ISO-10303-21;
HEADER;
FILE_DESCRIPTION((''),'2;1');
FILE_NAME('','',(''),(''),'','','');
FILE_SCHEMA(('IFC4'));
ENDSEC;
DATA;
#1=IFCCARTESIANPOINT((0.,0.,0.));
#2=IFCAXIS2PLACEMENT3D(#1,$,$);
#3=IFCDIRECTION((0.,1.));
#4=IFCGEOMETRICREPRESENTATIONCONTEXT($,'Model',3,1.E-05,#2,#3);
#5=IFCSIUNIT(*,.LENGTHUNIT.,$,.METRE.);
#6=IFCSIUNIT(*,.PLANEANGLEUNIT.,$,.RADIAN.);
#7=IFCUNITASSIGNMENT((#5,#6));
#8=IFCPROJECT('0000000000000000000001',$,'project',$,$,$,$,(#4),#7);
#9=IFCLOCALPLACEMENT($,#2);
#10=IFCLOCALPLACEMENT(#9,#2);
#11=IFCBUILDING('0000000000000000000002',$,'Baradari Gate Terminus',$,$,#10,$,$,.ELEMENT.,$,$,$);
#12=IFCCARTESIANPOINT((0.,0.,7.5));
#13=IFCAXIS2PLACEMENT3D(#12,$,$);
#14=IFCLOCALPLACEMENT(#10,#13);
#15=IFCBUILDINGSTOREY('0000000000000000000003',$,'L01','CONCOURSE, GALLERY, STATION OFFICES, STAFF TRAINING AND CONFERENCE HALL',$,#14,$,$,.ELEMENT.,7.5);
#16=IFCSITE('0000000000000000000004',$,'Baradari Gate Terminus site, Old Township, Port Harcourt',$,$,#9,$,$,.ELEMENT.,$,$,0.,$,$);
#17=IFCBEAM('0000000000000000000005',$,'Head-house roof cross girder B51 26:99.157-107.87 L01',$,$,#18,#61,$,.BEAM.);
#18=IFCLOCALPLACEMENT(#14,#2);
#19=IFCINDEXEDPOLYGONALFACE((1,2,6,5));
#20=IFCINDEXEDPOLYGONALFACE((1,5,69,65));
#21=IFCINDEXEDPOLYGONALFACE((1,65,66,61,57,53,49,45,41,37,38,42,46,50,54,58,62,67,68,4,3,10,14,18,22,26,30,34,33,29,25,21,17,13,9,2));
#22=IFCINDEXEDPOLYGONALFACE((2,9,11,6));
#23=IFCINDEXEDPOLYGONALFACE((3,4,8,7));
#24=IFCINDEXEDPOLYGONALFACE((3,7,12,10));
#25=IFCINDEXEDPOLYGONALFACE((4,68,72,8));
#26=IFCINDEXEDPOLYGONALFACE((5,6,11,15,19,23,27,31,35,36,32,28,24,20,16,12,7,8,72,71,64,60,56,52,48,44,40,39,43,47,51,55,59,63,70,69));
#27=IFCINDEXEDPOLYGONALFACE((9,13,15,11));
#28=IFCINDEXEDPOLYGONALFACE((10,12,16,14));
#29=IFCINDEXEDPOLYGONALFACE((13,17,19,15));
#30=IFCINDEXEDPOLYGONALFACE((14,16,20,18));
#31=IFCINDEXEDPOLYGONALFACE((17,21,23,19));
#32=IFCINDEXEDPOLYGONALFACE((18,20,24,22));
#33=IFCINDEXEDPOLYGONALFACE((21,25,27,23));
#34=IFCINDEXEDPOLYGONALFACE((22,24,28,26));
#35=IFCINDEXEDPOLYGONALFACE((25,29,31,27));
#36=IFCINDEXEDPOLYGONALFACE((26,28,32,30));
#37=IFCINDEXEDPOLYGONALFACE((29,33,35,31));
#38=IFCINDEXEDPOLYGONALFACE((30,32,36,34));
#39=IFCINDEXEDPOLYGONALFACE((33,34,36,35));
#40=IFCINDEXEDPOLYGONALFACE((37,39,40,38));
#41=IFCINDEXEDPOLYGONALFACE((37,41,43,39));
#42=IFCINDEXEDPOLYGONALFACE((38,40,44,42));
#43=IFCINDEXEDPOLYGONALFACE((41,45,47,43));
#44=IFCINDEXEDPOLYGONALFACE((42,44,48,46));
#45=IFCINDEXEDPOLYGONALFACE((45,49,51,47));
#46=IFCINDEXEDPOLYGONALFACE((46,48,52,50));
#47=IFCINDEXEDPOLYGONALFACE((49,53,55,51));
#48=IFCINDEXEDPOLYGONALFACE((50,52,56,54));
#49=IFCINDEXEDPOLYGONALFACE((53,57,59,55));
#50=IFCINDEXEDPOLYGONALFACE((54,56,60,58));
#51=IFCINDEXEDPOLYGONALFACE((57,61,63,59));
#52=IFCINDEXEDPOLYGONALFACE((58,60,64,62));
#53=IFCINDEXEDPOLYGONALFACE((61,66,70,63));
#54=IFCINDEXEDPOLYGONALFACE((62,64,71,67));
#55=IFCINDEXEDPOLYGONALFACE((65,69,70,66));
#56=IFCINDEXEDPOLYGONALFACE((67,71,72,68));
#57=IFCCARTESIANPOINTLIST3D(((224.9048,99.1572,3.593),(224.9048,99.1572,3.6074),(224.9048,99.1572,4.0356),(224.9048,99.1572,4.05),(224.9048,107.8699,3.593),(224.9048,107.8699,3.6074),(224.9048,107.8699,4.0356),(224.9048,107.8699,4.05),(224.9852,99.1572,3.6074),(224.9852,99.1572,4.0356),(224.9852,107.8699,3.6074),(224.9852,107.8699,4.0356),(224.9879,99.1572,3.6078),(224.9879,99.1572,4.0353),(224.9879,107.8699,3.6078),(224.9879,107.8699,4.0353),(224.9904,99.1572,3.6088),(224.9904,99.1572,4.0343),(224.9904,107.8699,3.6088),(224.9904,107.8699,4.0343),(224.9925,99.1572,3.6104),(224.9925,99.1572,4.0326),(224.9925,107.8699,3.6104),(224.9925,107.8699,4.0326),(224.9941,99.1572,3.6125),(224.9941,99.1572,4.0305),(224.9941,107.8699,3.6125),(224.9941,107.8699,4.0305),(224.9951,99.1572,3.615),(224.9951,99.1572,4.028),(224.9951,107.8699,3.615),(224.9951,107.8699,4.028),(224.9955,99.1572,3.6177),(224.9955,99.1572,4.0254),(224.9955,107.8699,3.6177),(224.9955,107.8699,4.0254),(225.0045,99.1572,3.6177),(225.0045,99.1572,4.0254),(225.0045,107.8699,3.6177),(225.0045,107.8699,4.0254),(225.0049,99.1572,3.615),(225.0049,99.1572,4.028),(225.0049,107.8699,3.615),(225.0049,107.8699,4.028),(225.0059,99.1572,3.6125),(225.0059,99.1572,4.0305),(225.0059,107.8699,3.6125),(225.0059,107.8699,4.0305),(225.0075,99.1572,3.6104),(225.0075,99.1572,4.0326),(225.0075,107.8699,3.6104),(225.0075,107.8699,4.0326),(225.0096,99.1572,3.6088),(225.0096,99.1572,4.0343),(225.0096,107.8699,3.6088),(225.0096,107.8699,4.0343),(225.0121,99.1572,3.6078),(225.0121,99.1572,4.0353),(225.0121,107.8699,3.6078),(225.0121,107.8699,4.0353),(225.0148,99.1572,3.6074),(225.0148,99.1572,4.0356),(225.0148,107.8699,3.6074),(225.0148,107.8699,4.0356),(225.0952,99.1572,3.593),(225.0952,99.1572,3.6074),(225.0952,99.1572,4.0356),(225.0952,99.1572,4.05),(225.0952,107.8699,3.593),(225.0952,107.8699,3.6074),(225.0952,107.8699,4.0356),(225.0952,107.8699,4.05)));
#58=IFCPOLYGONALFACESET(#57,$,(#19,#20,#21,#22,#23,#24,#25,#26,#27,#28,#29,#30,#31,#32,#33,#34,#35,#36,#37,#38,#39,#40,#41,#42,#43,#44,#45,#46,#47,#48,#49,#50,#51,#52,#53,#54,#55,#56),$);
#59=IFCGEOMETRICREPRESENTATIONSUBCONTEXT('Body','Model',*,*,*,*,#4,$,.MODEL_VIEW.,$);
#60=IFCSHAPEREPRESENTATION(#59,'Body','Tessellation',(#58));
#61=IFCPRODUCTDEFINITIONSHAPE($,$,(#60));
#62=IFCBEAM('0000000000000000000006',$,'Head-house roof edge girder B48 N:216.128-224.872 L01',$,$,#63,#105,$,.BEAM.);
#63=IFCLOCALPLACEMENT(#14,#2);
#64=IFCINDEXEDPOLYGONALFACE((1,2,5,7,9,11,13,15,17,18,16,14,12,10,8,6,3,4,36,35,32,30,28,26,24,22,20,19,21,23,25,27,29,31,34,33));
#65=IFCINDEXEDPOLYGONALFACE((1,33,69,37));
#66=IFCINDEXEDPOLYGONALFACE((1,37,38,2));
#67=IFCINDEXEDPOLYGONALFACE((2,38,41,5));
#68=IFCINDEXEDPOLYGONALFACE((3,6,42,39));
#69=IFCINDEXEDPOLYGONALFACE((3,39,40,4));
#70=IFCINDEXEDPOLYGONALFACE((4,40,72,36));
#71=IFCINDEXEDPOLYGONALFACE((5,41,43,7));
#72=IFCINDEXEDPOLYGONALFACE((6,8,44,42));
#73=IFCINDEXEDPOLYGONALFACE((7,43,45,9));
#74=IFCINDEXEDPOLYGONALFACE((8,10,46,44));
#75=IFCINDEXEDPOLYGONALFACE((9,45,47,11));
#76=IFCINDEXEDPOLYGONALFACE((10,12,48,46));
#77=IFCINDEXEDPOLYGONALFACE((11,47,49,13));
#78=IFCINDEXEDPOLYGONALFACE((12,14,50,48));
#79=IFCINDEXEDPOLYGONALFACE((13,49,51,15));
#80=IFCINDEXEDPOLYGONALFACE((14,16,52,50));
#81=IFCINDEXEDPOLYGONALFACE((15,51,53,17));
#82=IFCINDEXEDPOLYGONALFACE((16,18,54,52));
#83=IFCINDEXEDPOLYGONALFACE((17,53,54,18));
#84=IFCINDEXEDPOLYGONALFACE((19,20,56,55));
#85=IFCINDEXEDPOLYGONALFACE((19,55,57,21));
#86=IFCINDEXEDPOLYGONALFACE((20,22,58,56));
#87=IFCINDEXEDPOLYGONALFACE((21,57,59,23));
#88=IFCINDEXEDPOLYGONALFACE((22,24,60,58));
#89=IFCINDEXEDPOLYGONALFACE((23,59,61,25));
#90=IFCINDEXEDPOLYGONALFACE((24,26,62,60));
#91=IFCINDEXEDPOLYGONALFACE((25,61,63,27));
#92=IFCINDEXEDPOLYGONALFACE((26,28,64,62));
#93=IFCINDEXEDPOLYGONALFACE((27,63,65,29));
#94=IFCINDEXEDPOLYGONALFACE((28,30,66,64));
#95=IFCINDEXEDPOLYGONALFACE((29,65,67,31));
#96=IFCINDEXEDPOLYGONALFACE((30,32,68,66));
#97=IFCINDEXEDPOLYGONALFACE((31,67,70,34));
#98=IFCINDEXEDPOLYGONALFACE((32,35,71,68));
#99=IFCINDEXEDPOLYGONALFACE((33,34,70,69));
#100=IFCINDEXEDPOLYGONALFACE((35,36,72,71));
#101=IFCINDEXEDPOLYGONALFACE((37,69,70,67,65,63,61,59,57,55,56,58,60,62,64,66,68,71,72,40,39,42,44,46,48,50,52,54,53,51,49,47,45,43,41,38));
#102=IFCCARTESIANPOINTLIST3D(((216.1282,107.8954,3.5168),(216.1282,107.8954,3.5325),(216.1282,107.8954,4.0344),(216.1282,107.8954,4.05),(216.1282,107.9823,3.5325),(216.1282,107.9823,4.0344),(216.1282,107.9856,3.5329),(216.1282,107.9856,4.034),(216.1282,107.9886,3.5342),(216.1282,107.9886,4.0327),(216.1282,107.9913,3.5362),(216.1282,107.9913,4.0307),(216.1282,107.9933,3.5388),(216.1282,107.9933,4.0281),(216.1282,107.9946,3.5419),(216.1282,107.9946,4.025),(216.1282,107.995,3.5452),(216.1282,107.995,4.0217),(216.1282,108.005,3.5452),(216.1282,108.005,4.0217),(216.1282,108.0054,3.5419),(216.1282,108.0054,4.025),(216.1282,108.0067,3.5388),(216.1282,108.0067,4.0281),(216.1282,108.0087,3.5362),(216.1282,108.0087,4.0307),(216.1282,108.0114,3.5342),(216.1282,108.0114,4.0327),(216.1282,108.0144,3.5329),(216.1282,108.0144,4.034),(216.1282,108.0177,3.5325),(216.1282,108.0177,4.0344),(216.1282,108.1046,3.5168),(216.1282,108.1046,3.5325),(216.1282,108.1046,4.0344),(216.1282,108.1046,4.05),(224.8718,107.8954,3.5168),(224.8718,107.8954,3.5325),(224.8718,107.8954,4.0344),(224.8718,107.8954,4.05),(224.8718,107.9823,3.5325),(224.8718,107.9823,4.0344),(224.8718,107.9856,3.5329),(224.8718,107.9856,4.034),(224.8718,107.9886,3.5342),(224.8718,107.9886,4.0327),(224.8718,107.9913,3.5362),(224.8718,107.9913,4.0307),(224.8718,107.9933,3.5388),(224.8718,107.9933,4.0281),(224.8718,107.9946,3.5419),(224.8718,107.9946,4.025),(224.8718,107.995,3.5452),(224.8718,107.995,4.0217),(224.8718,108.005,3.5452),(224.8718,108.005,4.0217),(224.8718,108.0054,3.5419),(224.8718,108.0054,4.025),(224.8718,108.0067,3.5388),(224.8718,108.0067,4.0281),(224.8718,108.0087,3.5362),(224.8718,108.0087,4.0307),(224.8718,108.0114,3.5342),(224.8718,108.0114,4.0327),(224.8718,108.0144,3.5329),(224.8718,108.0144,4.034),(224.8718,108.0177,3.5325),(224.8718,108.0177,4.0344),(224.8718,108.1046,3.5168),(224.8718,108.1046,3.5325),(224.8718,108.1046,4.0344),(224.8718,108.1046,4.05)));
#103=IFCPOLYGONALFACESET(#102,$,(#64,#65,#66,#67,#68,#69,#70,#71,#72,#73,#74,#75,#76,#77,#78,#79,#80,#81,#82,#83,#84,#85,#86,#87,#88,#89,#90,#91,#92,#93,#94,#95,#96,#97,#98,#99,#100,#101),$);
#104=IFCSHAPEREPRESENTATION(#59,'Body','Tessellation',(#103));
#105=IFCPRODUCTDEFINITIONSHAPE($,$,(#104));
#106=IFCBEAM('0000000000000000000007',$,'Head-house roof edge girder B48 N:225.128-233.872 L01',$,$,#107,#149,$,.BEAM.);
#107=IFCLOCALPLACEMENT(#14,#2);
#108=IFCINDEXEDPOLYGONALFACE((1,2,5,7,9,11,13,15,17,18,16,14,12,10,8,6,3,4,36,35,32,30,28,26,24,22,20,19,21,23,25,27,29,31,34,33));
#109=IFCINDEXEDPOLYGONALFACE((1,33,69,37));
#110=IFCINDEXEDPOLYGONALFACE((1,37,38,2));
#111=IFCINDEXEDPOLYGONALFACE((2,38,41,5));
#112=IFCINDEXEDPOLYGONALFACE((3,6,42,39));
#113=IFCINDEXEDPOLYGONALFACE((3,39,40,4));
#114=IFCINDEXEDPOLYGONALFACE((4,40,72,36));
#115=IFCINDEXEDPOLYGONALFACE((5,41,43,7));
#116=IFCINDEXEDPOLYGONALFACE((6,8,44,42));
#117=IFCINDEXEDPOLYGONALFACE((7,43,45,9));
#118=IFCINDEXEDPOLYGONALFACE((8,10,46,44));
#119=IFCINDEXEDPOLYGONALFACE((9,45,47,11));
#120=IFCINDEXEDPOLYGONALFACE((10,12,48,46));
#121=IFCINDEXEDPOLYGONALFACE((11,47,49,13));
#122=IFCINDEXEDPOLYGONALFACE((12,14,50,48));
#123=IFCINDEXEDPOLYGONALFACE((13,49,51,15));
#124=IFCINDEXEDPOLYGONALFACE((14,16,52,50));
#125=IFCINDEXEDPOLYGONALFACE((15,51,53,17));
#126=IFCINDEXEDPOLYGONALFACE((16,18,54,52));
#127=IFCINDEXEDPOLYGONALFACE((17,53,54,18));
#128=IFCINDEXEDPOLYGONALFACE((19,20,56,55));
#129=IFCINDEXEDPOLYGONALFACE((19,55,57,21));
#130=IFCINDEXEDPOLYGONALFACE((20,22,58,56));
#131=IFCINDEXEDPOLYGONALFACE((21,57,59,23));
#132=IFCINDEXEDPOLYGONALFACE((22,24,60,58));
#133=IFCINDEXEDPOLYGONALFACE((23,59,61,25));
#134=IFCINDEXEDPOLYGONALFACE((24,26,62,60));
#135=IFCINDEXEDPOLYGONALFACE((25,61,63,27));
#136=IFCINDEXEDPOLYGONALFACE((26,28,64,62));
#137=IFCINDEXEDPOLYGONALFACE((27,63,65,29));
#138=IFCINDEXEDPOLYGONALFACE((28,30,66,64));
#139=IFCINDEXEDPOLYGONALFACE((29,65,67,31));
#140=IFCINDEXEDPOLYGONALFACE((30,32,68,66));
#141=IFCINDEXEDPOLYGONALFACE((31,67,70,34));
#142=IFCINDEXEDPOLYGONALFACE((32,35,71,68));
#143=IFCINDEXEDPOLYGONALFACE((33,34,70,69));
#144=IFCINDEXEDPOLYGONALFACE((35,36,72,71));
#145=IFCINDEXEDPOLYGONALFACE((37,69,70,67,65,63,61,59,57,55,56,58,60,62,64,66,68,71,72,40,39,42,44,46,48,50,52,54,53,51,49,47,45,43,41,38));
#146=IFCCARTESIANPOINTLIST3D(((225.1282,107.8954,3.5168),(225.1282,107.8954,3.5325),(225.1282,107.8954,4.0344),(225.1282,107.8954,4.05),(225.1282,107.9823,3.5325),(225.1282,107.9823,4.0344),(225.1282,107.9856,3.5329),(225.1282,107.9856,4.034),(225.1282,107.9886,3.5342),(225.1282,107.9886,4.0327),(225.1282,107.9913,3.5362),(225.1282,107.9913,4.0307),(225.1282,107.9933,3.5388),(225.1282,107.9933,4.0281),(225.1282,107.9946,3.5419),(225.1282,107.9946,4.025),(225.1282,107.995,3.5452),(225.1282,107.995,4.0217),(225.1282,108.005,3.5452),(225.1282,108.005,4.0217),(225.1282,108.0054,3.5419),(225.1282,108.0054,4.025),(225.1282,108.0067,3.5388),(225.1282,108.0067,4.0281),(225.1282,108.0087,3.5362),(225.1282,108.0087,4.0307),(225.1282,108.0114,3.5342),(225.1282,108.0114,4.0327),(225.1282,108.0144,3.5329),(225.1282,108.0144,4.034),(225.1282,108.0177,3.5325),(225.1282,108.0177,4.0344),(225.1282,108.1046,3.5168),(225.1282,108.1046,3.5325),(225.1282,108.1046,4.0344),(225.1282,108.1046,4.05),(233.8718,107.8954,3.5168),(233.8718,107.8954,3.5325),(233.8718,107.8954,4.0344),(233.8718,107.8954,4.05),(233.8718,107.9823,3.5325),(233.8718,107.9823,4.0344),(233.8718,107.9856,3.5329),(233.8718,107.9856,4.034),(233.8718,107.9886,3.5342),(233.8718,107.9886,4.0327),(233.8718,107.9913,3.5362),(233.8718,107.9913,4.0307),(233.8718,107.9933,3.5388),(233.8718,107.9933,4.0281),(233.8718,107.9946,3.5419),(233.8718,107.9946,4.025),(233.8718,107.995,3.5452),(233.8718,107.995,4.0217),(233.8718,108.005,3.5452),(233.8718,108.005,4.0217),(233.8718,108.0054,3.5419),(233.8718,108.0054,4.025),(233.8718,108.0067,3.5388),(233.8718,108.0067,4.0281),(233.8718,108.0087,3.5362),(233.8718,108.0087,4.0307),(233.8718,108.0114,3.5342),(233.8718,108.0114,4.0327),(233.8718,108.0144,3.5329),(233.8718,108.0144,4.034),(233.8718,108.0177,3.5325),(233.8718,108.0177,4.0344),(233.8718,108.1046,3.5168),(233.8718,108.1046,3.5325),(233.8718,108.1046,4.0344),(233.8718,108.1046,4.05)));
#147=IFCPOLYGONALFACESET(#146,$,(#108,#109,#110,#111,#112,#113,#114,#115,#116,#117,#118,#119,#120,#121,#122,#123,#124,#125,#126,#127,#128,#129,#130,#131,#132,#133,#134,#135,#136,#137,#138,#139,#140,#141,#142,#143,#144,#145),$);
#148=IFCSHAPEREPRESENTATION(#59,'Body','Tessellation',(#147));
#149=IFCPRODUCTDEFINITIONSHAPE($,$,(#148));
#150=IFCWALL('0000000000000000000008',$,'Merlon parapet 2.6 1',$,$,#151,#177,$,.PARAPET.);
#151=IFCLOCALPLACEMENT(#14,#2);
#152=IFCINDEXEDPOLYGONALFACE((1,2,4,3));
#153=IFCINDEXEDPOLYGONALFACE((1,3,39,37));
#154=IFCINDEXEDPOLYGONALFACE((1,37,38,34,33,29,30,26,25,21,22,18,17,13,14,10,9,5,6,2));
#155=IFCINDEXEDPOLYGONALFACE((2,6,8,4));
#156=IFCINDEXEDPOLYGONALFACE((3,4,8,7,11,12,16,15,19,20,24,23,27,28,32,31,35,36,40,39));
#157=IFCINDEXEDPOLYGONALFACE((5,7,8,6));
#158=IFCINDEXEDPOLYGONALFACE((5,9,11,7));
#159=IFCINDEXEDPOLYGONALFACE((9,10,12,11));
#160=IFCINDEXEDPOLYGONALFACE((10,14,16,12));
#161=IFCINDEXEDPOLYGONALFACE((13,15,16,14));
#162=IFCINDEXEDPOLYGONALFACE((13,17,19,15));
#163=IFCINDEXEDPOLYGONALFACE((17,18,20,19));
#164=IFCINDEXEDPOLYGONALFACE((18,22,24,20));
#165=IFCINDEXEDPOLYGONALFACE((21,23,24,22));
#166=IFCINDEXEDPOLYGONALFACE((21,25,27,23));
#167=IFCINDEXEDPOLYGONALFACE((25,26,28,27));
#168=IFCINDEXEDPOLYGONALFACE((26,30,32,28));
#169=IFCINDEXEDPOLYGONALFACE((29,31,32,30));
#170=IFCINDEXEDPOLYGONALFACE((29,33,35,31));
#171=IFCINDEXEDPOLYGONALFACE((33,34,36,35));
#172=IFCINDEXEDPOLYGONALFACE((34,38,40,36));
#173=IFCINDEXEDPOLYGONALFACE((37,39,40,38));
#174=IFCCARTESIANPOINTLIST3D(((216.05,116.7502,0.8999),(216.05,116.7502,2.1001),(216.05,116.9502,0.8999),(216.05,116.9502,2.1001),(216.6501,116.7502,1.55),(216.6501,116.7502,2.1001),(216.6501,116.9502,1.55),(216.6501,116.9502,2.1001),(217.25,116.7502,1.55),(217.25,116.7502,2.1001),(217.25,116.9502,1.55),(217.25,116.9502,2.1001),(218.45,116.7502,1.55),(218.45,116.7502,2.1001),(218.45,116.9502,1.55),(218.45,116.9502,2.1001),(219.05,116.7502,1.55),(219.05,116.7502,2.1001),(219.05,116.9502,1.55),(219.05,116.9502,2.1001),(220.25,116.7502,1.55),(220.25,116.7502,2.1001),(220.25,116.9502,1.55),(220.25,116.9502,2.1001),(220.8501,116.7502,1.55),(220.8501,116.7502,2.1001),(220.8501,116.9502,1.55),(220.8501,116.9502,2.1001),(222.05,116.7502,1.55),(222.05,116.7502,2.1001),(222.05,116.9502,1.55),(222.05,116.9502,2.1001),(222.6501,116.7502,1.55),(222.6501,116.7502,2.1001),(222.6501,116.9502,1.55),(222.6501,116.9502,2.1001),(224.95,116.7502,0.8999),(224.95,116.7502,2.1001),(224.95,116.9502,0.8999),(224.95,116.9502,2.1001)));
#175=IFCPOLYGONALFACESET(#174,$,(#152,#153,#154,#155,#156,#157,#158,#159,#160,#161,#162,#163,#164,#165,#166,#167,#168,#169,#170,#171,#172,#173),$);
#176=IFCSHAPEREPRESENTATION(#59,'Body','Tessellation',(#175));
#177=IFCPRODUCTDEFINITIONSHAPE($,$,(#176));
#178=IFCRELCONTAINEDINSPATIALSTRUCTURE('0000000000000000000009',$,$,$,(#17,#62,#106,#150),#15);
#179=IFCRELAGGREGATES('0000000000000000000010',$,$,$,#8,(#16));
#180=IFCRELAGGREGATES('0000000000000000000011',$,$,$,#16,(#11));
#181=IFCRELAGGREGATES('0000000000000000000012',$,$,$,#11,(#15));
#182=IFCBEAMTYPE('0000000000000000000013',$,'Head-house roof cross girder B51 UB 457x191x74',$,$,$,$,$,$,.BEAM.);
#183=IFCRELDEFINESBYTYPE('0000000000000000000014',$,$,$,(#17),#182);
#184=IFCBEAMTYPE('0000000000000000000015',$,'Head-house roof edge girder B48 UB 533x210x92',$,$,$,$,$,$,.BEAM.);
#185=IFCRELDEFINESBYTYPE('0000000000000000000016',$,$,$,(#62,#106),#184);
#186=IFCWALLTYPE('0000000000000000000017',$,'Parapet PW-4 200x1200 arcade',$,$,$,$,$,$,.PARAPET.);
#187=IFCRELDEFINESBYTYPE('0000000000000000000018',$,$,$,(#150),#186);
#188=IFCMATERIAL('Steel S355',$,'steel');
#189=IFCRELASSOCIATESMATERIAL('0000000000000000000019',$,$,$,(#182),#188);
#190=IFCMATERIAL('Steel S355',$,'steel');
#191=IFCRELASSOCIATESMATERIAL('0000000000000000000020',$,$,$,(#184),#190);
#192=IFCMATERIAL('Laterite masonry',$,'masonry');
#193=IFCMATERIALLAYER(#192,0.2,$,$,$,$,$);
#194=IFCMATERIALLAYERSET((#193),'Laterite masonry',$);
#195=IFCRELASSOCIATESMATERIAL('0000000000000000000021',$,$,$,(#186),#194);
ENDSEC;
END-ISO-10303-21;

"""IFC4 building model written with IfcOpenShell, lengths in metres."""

from ifc_helpers import new_model, si_unit, direction, frame, origin, origin_2d, place, context, subcontext, project, spatial, polyline, i_section, outline, extrude, material, layer, layer_set, material_profile, profile_set, type_object, element, save


model = new_model("IFC4")

# Units and contexts
model_context = context("Model", 3, precision=1e-05, world=origin(), true_north=direction((0.0, 1.0)))
body_context = subcontext(model_context, "Body", "Model", "MODEL_VIEW")
ifc_project = project(units=[si_unit("LENGTHUNIT", "METRE"), si_unit("PLANEANGLEUNIT", "RADIAN")], contexts=[model_context])

# Site, building, storey
site_placement = place(None, origin())
site = spatial("IfcSite", under=ifc_project, at=site_placement, Name="Baradari Gate Terminus site, Old Township, Port Harcourt", CompositionType="ELEMENT", RefElevation=0.0)
building_placement = place(site_placement, origin())
building = spatial("IfcBuilding", under=site, at=building_placement, Name="Baradari Gate Terminus", CompositionType="ELEMENT")
storey_placement = place(building_placement, frame((0.0, 0.0, 7.5)))
storey = spatial("IfcBuildingStorey", under=building, at=storey_placement, Name="L01", Description="CONCOURSE, GALLERY, STATION OFFICES, STAFF TRAINING AND CONFERENCE HALL", CompositionType="ELEMENT", Elevation=7.5)

# Beams
ifc_material_1 = material(Name="Steel S355", Category="steel")
ifc_material_profile_1 = material_profile(ifc_material_1, i_section(OverallWidth=0.1904, OverallDepth=0.457, WebThickness=0.009, FlangeThickness=0.0144, FilletRadius=0.0103, at=origin_2d()), Name="UB 457x191x74")
ifc_profile_set_1 = profile_set([ifc_material_profile_1], Name="Steel S355")
beam_type_1 = type_object("IfcBeamType", Name="Head-house roof cross girder B51 UB 457x191x74", PredefinedType="BEAM", material=ifc_profile_set_1)
beam_1_placement = place(storey_placement, frame((225.0, 99.1572, 3.8215), z_axis=(0.0, 1.0, 0.0), x_axis=(-1.0, 0.0, 0.0)))
element("IfcBeam", 1, at=beam_1_placement, inside=storey, type_object=beam_type_1, Name="Head-house roof cross girder B51 26:99.157-107.87 L01", PredefinedType="BEAM", context=body_context, shape_type="SweptSolid", body=[
    extrude(i_section(OverallWidth=0.1904, OverallDepth=0.457, WebThickness=0.009, FlangeThickness=0.0144, FilletRadius=0.0103, at=origin_2d()), origin(), (0.0, 0.0, 1.0), 8.7126),
])
ifc_material_2 = material(Name="Steel S355", Category="steel")
ifc_material_profile_2 = material_profile(ifc_material_2, i_section(OverallWidth=0.2092, OverallDepth=0.5332, WebThickness=0.01, FlangeThickness=0.0156, FilletRadius=0.0127, at=origin_2d()), Name="UB 533x210x92")
ifc_profile_set_2 = profile_set([ifc_material_profile_2], Name="Steel S355")
beam_type_2 = type_object("IfcBeamType", Name="Head-house roof edge girder B48 UB 533x210x92", PredefinedType="BEAM", material=ifc_profile_set_2)
for number, where, z_axis, x_axis, name in (
    (2, (216.1282, 108.0, 3.7834), (1.0, 0.0, 0.0), (0.0, 1.0, 0.0), "Head-house roof edge girder B48 N:216.128-224.872 L01"),
    (3, (225.1282, 108.0, 3.7834), (1.0, 0.0, 0.0), (0.0, 1.0, 0.0), "Head-house roof edge girder B48 N:225.128-233.872 L01"),
):
    element("IfcBeam", number, at=place(storey_placement, frame(where, z_axis=z_axis, x_axis=x_axis)), inside=storey, type_object=beam_type_2, Name=name, PredefinedType="BEAM", context=body_context, shape_type="SweptSolid", body=[
        extrude(i_section(OverallWidth=0.2092, OverallDepth=0.5332, WebThickness=0.01, FlangeThickness=0.0156, FilletRadius=0.0127, at=origin_2d()), origin(), (0.0, 0.0, 1.0), 8.7437),
    ])

# Wall
ifc_material_3 = material(Name="Laterite masonry", Category="masonry")
ifc_layer_1 = layer(ifc_material_3, 0.2)
ifc_layer_set_1 = layer_set([ifc_layer_1], Name="Laterite masonry")
wall_type_1 = type_object("IfcWallType", Name="Parapet PW-4 200x1200 arcade", PredefinedType="PARAPET", material=ifc_layer_set_1)
for number, where, z_axis, x_axis, name in (
    (4, (216.05, 116.8501, 0.8999), (0.0, 0.0, 1.0), (1.0, 0.0, 0.0), "Merlon parapet 2.6 1"),
):
    element("IfcWall", number, at=place(storey_placement, frame(where, z_axis=z_axis, x_axis=x_axis)), inside=storey, type_object=wall_type_1, Name=name, PredefinedType="PARAPET", context=body_context, shape_type="SweptSolid", body=[
        extrude(outline(polyline([(6.6001, 1.2002), (6.6001, 0.6501), (6.0, 0.6501), (6.0, 1.2002), (4.8, 1.2002), (4.8, 0.6501), (4.2, 0.6501), (4.2, 1.2002), (3.0, 1.2002), (3.0, 0.6501), (2.3999, 0.6501), (2.3999, 1.2002), (1.2, 1.2002), (1.2, 0.6501), (0.6001, 0.6501), (0.6001, 1.2002), (0.0, 1.2002), (0.0, 0.0), (8.8999, 0.0), (8.8999, 1.2002), (6.6001, 1.2002)])), frame((0.0, 0.1001, 0.0), z_axis=(0.0, -1.0, 0.0), x_axis=(1.0, 0.0, 0.0)), (0.0, 0.0, 1.0), 0.2),
    ])

save(model, "model.ifc")
